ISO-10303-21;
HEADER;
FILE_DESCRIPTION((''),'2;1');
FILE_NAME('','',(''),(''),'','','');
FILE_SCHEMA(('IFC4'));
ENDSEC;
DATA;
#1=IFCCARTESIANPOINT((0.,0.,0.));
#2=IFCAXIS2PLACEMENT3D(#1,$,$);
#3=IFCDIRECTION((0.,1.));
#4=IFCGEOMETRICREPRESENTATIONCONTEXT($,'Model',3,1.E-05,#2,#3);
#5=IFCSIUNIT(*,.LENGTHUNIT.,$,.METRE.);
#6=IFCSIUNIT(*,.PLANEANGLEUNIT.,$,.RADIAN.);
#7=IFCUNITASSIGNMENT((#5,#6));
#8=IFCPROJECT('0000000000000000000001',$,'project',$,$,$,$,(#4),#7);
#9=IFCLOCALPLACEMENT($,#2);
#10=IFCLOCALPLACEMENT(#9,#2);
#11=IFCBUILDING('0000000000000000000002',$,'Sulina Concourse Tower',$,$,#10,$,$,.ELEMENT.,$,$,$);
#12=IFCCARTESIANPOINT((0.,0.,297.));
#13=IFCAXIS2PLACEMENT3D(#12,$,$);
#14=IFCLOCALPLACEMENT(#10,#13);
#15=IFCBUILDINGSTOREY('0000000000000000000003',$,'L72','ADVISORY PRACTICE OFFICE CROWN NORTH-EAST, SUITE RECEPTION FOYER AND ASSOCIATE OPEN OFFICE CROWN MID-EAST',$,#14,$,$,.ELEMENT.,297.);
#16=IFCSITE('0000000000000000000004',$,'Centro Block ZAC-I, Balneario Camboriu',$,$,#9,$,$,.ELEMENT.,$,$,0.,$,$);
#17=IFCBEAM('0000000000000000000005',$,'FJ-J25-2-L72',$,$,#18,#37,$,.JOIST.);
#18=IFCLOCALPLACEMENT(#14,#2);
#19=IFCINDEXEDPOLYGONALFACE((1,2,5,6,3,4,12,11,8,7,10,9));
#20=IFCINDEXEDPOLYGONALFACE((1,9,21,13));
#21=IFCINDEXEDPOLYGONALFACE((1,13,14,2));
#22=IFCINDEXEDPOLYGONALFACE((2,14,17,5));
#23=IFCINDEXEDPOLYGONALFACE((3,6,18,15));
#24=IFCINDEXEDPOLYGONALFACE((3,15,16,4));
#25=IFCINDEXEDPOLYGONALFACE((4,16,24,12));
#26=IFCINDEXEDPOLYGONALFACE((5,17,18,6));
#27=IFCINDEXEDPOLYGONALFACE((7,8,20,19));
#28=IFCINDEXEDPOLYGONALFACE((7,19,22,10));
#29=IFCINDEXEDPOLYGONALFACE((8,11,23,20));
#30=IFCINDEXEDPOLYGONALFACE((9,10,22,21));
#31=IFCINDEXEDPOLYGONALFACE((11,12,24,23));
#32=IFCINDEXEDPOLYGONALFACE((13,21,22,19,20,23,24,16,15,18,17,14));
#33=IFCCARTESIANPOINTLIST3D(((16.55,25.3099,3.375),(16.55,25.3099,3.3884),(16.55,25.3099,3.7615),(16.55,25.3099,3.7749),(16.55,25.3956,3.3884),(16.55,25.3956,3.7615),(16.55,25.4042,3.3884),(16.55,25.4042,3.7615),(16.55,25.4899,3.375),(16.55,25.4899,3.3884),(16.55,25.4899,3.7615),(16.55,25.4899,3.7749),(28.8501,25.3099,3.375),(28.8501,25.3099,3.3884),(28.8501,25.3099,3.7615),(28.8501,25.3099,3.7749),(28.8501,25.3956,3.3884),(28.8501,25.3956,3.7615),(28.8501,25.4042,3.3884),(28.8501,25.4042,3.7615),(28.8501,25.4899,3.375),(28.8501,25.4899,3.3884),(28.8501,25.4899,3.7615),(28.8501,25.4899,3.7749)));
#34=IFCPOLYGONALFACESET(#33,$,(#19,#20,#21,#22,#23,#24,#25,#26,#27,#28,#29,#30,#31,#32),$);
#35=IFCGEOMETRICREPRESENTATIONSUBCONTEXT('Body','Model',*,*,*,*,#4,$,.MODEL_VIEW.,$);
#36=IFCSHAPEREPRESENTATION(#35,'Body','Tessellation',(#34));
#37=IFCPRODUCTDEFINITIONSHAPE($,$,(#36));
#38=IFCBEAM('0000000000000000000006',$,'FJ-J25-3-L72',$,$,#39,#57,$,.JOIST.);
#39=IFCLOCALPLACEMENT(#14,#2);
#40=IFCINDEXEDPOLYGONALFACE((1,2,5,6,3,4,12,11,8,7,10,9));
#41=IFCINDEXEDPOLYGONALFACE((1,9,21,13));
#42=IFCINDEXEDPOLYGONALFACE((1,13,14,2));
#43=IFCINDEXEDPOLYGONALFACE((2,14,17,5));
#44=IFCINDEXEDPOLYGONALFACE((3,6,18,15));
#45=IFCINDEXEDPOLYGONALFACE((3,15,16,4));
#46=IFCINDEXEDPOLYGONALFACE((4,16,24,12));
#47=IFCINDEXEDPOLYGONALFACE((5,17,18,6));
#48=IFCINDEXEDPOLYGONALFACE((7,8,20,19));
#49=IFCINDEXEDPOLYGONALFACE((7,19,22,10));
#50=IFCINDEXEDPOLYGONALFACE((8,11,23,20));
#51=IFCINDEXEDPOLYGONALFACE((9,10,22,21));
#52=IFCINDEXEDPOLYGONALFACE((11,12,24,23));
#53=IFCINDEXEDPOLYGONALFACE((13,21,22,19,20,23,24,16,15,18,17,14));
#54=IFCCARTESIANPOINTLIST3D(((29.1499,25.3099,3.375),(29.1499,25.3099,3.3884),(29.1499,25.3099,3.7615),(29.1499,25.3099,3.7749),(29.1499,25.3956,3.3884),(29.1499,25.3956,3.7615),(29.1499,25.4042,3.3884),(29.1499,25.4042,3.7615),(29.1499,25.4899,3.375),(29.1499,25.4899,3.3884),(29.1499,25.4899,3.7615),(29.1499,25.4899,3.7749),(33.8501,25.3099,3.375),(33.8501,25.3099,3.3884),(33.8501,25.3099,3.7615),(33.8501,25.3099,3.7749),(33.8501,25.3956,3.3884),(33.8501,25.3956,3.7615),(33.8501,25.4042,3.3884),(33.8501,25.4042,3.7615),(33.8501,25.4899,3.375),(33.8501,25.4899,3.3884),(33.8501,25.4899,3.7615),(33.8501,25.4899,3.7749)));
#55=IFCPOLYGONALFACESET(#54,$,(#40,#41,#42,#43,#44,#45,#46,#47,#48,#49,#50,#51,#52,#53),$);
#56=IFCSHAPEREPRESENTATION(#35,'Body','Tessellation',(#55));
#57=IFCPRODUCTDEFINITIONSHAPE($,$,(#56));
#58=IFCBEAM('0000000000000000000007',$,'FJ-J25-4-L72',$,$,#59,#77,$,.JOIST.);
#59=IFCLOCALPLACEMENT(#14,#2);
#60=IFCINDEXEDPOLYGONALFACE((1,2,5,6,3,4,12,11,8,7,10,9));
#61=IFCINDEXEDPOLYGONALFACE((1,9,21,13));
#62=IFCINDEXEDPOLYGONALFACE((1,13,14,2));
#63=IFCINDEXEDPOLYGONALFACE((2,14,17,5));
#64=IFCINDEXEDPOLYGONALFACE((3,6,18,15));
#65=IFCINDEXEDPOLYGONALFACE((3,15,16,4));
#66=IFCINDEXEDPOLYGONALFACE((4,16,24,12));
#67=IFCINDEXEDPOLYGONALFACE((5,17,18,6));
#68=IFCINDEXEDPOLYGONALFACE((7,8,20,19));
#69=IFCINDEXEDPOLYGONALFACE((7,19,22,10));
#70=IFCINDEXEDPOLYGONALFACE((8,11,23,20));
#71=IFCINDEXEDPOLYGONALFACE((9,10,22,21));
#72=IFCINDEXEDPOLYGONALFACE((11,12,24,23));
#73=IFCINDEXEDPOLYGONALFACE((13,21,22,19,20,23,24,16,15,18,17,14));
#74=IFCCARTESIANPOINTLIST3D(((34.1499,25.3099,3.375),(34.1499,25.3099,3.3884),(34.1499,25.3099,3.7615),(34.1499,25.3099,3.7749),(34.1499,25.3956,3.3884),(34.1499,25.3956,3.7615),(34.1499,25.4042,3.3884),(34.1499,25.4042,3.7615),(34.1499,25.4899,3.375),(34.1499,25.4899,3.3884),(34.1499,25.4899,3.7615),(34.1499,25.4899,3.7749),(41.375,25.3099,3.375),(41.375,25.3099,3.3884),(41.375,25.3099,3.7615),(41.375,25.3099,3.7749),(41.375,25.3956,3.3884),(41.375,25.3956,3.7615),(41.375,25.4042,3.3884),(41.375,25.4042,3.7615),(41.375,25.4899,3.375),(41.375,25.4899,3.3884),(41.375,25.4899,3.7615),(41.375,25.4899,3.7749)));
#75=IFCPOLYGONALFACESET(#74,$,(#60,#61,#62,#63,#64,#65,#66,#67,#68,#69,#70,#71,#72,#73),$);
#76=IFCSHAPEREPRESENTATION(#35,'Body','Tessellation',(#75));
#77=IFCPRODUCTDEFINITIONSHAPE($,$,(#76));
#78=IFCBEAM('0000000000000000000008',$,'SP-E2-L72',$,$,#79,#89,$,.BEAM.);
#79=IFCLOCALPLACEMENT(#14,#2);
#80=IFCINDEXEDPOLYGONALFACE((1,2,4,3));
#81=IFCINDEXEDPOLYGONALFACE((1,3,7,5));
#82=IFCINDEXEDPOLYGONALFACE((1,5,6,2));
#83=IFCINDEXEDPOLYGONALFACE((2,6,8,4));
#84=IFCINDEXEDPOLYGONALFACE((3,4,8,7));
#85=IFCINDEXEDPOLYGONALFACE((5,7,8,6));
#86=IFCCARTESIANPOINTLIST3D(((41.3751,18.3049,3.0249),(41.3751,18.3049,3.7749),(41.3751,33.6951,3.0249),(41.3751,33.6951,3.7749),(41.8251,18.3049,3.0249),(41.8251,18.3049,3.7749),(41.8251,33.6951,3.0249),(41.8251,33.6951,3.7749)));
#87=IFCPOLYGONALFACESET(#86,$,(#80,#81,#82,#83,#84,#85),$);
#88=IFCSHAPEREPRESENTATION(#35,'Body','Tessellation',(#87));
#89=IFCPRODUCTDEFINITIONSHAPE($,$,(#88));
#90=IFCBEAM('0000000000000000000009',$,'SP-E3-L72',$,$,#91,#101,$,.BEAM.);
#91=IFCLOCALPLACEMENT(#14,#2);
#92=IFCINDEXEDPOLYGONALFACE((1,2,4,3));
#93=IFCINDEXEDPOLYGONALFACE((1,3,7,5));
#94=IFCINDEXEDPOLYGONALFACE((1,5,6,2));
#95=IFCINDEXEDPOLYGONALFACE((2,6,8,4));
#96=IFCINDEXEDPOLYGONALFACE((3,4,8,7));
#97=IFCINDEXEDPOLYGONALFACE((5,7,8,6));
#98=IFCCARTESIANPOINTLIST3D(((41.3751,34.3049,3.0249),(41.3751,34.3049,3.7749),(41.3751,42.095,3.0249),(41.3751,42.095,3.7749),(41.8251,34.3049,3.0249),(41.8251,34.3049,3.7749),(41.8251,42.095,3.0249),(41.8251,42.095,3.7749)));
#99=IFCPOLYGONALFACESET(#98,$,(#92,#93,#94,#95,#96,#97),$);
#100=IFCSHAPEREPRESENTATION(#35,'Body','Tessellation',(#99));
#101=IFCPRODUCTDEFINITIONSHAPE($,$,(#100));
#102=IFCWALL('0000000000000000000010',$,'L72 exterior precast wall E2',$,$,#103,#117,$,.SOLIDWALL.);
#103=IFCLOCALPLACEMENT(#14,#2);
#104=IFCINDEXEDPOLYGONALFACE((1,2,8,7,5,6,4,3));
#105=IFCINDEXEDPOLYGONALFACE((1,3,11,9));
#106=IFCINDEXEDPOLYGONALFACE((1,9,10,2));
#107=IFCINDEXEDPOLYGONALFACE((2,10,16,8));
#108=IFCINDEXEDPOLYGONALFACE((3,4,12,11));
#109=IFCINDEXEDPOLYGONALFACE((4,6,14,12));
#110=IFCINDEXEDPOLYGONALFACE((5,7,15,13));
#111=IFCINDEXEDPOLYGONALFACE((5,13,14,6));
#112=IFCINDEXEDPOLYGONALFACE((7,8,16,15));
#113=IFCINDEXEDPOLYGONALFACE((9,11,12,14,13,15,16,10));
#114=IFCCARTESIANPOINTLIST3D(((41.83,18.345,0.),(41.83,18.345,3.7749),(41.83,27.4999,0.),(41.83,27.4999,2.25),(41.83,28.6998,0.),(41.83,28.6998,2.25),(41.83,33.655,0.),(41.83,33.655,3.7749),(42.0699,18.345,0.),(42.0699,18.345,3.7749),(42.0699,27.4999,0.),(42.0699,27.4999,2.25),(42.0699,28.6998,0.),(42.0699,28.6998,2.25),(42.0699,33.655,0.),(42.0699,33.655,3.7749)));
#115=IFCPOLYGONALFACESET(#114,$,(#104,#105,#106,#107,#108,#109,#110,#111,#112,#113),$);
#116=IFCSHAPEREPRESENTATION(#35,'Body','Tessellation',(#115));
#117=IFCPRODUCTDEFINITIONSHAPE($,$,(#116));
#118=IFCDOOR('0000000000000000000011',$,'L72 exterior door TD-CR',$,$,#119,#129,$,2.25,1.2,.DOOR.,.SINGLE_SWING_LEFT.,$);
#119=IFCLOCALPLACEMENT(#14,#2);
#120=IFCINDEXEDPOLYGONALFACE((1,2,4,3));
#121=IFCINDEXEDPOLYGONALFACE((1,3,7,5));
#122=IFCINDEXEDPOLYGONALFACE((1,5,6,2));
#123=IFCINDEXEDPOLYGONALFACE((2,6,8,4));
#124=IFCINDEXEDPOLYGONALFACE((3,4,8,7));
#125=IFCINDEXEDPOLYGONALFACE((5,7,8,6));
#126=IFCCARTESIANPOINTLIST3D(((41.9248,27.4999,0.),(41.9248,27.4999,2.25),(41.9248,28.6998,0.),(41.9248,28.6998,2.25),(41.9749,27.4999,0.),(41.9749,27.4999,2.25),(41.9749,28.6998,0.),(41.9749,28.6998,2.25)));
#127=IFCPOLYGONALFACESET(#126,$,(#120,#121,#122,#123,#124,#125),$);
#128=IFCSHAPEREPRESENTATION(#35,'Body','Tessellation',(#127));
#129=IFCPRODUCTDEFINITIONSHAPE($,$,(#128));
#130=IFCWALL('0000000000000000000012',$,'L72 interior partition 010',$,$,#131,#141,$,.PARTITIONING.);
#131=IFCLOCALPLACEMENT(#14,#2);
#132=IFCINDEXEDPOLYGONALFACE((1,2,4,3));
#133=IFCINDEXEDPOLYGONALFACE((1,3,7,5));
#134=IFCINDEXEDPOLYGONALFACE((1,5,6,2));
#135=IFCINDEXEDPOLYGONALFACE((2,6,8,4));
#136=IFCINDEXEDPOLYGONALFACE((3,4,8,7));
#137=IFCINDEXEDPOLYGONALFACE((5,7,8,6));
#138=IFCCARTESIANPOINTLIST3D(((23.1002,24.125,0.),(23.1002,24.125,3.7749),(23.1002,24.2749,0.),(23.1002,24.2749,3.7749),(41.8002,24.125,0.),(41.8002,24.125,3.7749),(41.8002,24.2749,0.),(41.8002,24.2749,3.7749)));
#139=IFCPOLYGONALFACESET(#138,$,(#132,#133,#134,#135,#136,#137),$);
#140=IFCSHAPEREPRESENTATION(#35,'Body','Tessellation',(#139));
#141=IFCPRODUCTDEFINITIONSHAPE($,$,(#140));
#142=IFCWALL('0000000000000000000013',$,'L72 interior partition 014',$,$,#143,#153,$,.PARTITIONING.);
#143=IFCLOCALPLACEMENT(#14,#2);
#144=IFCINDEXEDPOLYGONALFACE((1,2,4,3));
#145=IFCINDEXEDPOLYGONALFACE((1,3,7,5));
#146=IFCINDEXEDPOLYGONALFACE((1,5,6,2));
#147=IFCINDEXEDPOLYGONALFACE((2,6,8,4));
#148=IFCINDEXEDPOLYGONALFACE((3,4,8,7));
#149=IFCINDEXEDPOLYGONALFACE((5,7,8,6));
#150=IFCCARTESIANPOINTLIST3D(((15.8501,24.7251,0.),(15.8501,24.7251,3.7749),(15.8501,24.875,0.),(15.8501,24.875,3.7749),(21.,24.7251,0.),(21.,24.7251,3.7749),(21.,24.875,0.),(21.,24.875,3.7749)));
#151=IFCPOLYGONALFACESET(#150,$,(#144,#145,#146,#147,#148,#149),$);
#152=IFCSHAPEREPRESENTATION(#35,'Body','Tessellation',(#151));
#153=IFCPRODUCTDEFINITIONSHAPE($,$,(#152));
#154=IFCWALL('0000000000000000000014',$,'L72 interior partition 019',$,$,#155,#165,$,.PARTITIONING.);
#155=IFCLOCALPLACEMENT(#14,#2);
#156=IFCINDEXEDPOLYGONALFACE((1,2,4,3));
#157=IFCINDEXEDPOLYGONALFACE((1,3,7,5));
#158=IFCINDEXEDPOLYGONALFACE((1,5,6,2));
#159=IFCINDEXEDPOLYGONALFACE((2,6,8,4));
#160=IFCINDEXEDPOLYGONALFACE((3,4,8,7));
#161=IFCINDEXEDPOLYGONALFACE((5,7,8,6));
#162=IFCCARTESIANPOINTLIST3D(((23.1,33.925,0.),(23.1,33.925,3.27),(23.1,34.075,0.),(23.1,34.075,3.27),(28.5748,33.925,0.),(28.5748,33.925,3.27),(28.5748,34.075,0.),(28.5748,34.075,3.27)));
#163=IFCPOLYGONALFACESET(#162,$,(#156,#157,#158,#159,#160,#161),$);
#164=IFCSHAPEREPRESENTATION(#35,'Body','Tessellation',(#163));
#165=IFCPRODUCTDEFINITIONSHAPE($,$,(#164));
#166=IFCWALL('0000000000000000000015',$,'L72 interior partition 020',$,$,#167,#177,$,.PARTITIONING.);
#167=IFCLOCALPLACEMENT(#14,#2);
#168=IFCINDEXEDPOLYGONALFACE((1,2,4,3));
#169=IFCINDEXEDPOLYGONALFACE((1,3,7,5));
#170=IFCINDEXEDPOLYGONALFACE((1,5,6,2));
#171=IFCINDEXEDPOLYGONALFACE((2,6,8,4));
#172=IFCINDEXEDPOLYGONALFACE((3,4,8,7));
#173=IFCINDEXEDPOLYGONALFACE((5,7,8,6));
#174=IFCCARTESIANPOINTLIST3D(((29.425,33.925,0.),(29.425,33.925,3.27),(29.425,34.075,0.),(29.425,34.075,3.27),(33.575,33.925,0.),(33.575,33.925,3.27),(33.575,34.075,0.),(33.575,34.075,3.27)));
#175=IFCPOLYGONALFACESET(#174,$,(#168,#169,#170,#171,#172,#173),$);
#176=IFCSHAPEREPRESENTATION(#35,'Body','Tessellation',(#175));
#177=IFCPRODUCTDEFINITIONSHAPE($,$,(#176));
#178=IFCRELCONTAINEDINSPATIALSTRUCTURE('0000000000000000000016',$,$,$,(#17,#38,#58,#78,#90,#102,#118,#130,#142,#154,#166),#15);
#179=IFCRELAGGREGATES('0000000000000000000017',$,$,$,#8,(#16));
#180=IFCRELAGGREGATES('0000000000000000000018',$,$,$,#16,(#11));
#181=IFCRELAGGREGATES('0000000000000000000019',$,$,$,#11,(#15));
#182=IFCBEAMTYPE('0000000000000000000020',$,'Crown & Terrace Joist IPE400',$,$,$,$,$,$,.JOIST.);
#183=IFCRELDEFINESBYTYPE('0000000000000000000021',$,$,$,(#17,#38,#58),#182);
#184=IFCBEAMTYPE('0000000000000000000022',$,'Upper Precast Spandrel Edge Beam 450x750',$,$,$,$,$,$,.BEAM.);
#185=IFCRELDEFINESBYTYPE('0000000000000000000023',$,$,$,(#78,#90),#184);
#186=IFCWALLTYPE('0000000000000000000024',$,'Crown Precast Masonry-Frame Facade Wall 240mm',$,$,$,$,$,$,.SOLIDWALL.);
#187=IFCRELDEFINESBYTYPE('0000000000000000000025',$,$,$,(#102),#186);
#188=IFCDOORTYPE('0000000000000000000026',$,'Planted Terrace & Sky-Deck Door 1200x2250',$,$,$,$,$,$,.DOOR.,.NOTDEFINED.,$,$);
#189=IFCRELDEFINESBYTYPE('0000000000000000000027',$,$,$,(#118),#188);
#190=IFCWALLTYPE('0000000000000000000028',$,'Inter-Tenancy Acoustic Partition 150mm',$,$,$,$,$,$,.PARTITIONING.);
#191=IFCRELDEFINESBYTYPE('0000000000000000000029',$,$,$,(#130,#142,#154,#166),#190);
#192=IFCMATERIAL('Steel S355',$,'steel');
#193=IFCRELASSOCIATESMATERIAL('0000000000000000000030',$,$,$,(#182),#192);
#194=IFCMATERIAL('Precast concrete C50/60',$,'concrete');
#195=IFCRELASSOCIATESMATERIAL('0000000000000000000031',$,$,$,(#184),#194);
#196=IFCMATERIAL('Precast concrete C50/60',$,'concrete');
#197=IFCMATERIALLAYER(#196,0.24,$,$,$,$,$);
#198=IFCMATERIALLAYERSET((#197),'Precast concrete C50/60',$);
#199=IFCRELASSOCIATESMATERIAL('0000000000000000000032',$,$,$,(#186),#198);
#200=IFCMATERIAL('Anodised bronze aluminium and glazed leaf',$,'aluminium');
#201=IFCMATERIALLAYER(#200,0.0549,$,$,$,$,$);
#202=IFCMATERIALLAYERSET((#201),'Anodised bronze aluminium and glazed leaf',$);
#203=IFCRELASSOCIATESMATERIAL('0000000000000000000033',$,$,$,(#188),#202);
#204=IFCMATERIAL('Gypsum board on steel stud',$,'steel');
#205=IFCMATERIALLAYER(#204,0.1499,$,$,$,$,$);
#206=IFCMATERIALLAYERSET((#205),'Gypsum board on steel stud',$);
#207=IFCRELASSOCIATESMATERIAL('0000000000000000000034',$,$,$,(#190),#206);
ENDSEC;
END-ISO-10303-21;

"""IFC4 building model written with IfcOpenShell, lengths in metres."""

from ifc_helpers import new_model, si_unit, direction, frame, frame_2d, origin, origin_2d, place, context, subcontext, project, spatial, rectangle, i_section, extrude, material, layer, layer_set, material_profile, profile_set, type_object, element, fill, save


model = new_model("IFC4")

# Units and contexts
model_context = context("Model", 3, precision=1e-05, world=origin(), true_north=direction((0.0, 1.0)))
body_context = subcontext(model_context, "Body", "Model", "MODEL_VIEW")
ifc_project = project(units=[si_unit("LENGTHUNIT", "METRE"), si_unit("PLANEANGLEUNIT", "RADIAN")], contexts=[model_context])

# Site, building, storey
site_placement = place(None, origin())
site = spatial("IfcSite", under=ifc_project, at=site_placement, Name="Centro Block ZAC-I, Balneario Camboriu", CompositionType="ELEMENT", RefElevation=0.0)
building_placement = place(site_placement, origin())
building = spatial("IfcBuilding", under=site, at=building_placement, Name="Sulina Concourse Tower", CompositionType="ELEMENT")
storey_placement = place(building_placement, frame((0.0, 0.0, 297.0)))
storey = spatial("IfcBuildingStorey", under=building, at=storey_placement, Name="L72", Description="ADVISORY PRACTICE OFFICE CROWN NORTH-EAST, SUITE RECEPTION FOYER AND ASSOCIATE OPEN OFFICE CROWN MID-EAST", CompositionType="ELEMENT", Elevation=297.0)

# Beams
ifc_material_1 = material(Name="Steel S355", Category="steel")
ifc_material_profile_1 = material_profile(ifc_material_1, i_section(OverallWidth=0.1799, OverallDepth=0.3999, WebThickness=0.0085, FlangeThickness=0.0134, at=origin_2d()), Name="IPE 400")
ifc_profile_set_1 = profile_set([ifc_material_profile_1], Name="Steel S355")
beam_type_1 = type_object("IfcBeamType", Name="Crown & Terrace Joist IPE400", PredefinedType="JOIST", material=ifc_profile_set_1)
beam_1_placement = place(storey_placement, frame((16.55, 25.3999, 3.575), z_axis=(1.0, 0.0, 0.0), x_axis=(0.0, 1.0, 0.0)))
element("IfcBeam", 1, at=beam_1_placement, inside=storey, type_object=beam_type_1, Name="FJ-J25-2-L72", PredefinedType="JOIST", context=body_context, shape_type="SweptSolid", body=[
    extrude(i_section(OverallWidth=0.1799, OverallDepth=0.3999, WebThickness=0.0085, FlangeThickness=0.0134, at=origin_2d()), origin(), (0.0, 0.0, 1.0), 12.3),
])
beam_2_placement = place(storey_placement, frame((29.1499, 25.3999, 3.575), z_axis=(1.0, 0.0, 0.0), x_axis=(0.0, 1.0, 0.0)))
element("IfcBeam", 2, at=beam_2_placement, inside=storey, type_object=beam_type_1, Name="FJ-J25-3-L72", PredefinedType="JOIST", context=body_context, shape_type="SweptSolid", body=[
    extrude(i_section(OverallWidth=0.1799, OverallDepth=0.3999, WebThickness=0.0085, FlangeThickness=0.0134, at=origin_2d()), origin(), (0.0, 0.0, 1.0), 4.7002),
])
beam_3_placement = place(storey_placement, frame((34.1499, 25.3999, 3.575), z_axis=(1.0, 0.0, 0.0), x_axis=(0.0, 1.0, 0.0)))
element("IfcBeam", 3, at=beam_3_placement, inside=storey, type_object=beam_type_1, Name="FJ-J25-4-L72", PredefinedType="JOIST", context=body_context, shape_type="SweptSolid", body=[
    extrude(i_section(OverallWidth=0.1799, OverallDepth=0.3999, WebThickness=0.0085, FlangeThickness=0.0134, at=origin_2d()), origin(), (0.0, 0.0, 1.0), 7.2251),
])
ifc_material_2 = material(Name="Precast concrete C50/60", Category="concrete")
ifc_material_profile_2 = material_profile(ifc_material_2, rectangle(XDim=0.45, YDim=0.75, at=origin_2d()), Name="RC 450x750")
ifc_profile_set_2 = profile_set([ifc_material_profile_2], Name="Precast concrete C50/60")
beam_type_2 = type_object("IfcBeamType", Name="Upper Precast Spandrel Edge Beam 450x750", PredefinedType="BEAM", material=ifc_profile_set_2)
beam_4_placement = place(storey_placement, frame((41.6001, 18.3049, 3.3999), z_axis=(0.0, 1.0, 0.0), x_axis=(-1.0, 0.0, 0.0)))
element("IfcBeam", 4, at=beam_4_placement, inside=storey, type_object=beam_type_2, Name="SP-E2-L72", PredefinedType="BEAM", context=body_context, shape_type="SweptSolid", body=[
    extrude(rectangle(XDim=0.45, YDim=0.75, at=origin_2d()), origin(), (0.0, 0.0, 1.0), 15.3901),
])
beam_5_placement = place(storey_placement, frame((41.6001, 34.3049, 3.3999), z_axis=(0.0, 1.0, 0.0), x_axis=(-1.0, 0.0, 0.0)))
element("IfcBeam", 5, at=beam_5_placement, inside=storey, type_object=beam_type_2, Name="SP-E3-L72", PredefinedType="BEAM", context=body_context, shape_type="SweptSolid", body=[
    extrude(rectangle(XDim=0.45, YDim=0.75, at=origin_2d()), origin(), (0.0, 0.0, 1.0), 7.79),
])

# Wall, opening, door
ifc_material_3 = material(Name="Precast concrete C50/60", Category="concrete")
ifc_layer_1 = layer(ifc_material_3, 0.24)
ifc_layer_set_1 = layer_set([ifc_layer_1], Name="Precast concrete C50/60")
wall_type_1 = type_object("IfcWallType", Name="Crown Precast Masonry-Frame Facade Wall 240mm", PredefinedType="SOLIDWALL", material=ifc_layer_set_1)
wall_1_placement = place(storey_placement, frame((41.95, 33.655, 0.0), z_axis=(0.0, 0.0, 1.0), x_axis=(0.0, -1.0, 0.0)))
wall_1 = element("IfcWall", 6, at=wall_1_placement, inside=storey, type_object=wall_type_1, Name="L72 exterior precast wall E2", PredefinedType="SOLIDWALL", context=body_context, shape_type="SweptSolid", body=[
    extrude(rectangle(XDim=15.3101, YDim=0.24, at=frame_2d((7.655, 0.0))), origin(), (0.0, 0.0, 1.0), 3.7749),
])
opening_1_placement = place(wall_1_placement, frame((4.9551, 0.0, 0.0)))
opening_1 = element("IfcOpeningElement", 7, at=opening_1_placement, cuts=wall_1, PredefinedType="OPENING", context=body_context, shape_type="SweptSolid", body=[
    extrude(rectangle(XDim=1.2, YDim=2.25, at=frame_2d((0.6001, 1.125))), frame((0.0, 0.1299, 0.0), z_axis=(0.0, -1.0, 0.0), x_axis=(1.0, 0.0, 0.0)), (0.0, 0.0, 1.0), 0.26),
])
ifc_material_4 = material(Name="Anodised bronze aluminium and glazed leaf", Category="aluminium")
ifc_layer_2 = layer(ifc_material_4, 0.0549)
ifc_layer_set_2 = layer_set([ifc_layer_2], Name="Anodised bronze aluminium and glazed leaf")
door_type_1 = type_object("IfcDoorType", Name="Planted Terrace & Sky-Deck Door 1200x2250", OperationType="NOTDEFINED", PredefinedType="DOOR", material=ifc_layer_set_2)
door_1_placement = place(opening_1_placement, origin())
door_1 = element("IfcDoor", 8, at=door_1_placement, inside=storey, type_object=door_type_1, Name="L72 exterior door TD-CR", OperationType="SINGLE_SWING_LEFT", OverallHeight=2.25, OverallWidth=1.2, PredefinedType="DOOR", context=body_context, shape_type="SweptSolid", body=[
    extrude(rectangle(XDim=1.2, YDim=2.25, at=frame_2d((0.6001, 1.125))), frame((0.0, 0.0249, 0.0), z_axis=(0.0, -1.0, 0.0), x_axis=(1.0, 0.0, 0.0)), (0.0, 0.0, 1.0), 0.05),
])
fill(opening_1, door_1)

# Walls
ifc_material_5 = material(Name="Gypsum board on steel stud", Category="steel")
ifc_layer_3 = layer(ifc_material_5, 0.1499)
ifc_layer_set_3 = layer_set([ifc_layer_3], Name="Gypsum board on steel stud")
wall_type_2 = type_object("IfcWallType", Name="Inter-Tenancy Acoustic Partition 150mm", PredefinedType="PARTITIONING", material=ifc_layer_set_3)
wall_2_placement = place(storey_placement, frame((23.1001, 24.2, 0.0), z_axis=(0.0, 0.0, 1.0), x_axis=(1.0, 0.0, 0.0)))
element("IfcWall", 9, at=wall_2_placement, inside=storey, type_object=wall_type_2, Name="L72 interior partition 010", PredefinedType="PARTITIONING", context=body_context, shape_type="SweptSolid", body=[
    extrude(rectangle(XDim=18.7, YDim=0.1499, at=frame_2d((9.3501, 0.0))), origin(), (0.0, 0.0, 1.0), 3.7749),
])
wall_3_placement = place(storey_placement, frame((15.8501, 24.8, 0.0), z_axis=(0.0, 0.0, 1.0), x_axis=(1.0, 0.0, 0.0)))
element("IfcWall", 10, at=wall_3_placement, inside=storey, type_object=wall_type_2, Name="L72 interior partition 014", PredefinedType="PARTITIONING", context=body_context, shape_type="SweptSolid", body=[
    extrude(rectangle(XDim=5.1499, YDim=0.1499, at=frame_2d((2.575, 0.0))), origin(), (0.0, 0.0, 1.0), 3.7749),
])
wall_4_placement = place(storey_placement, frame((23.1001, 34.0, 0.0), z_axis=(0.0, 0.0, 1.0), x_axis=(1.0, 0.0, 0.0)))
element("IfcWall", 11, at=wall_4_placement, inside=storey, type_object=wall_type_2, Name="L72 interior partition 019", PredefinedType="PARTITIONING", context=body_context, shape_type="SweptSolid", body=[
    extrude(rectangle(XDim=5.4749, YDim=0.1499, at=frame_2d((2.7373, 0.0))), origin(), (0.0, 0.0, 1.0), 3.27),
])
wall_5_placement = place(storey_placement, frame((29.425, 34.0, 0.0), z_axis=(0.0, 0.0, 1.0), x_axis=(1.0, 0.0, 0.0)))
element("IfcWall", 12, at=wall_5_placement, inside=storey, type_object=wall_type_2, Name="L72 interior partition 020", PredefinedType="PARTITIONING", context=body_context, shape_type="SweptSolid", body=[
    extrude(rectangle(XDim=4.1499, YDim=0.1499, at=frame_2d((2.075, 0.0))), origin(), (0.0, 0.0, 1.0), 3.27),
])

save(model, "model.ifc")
